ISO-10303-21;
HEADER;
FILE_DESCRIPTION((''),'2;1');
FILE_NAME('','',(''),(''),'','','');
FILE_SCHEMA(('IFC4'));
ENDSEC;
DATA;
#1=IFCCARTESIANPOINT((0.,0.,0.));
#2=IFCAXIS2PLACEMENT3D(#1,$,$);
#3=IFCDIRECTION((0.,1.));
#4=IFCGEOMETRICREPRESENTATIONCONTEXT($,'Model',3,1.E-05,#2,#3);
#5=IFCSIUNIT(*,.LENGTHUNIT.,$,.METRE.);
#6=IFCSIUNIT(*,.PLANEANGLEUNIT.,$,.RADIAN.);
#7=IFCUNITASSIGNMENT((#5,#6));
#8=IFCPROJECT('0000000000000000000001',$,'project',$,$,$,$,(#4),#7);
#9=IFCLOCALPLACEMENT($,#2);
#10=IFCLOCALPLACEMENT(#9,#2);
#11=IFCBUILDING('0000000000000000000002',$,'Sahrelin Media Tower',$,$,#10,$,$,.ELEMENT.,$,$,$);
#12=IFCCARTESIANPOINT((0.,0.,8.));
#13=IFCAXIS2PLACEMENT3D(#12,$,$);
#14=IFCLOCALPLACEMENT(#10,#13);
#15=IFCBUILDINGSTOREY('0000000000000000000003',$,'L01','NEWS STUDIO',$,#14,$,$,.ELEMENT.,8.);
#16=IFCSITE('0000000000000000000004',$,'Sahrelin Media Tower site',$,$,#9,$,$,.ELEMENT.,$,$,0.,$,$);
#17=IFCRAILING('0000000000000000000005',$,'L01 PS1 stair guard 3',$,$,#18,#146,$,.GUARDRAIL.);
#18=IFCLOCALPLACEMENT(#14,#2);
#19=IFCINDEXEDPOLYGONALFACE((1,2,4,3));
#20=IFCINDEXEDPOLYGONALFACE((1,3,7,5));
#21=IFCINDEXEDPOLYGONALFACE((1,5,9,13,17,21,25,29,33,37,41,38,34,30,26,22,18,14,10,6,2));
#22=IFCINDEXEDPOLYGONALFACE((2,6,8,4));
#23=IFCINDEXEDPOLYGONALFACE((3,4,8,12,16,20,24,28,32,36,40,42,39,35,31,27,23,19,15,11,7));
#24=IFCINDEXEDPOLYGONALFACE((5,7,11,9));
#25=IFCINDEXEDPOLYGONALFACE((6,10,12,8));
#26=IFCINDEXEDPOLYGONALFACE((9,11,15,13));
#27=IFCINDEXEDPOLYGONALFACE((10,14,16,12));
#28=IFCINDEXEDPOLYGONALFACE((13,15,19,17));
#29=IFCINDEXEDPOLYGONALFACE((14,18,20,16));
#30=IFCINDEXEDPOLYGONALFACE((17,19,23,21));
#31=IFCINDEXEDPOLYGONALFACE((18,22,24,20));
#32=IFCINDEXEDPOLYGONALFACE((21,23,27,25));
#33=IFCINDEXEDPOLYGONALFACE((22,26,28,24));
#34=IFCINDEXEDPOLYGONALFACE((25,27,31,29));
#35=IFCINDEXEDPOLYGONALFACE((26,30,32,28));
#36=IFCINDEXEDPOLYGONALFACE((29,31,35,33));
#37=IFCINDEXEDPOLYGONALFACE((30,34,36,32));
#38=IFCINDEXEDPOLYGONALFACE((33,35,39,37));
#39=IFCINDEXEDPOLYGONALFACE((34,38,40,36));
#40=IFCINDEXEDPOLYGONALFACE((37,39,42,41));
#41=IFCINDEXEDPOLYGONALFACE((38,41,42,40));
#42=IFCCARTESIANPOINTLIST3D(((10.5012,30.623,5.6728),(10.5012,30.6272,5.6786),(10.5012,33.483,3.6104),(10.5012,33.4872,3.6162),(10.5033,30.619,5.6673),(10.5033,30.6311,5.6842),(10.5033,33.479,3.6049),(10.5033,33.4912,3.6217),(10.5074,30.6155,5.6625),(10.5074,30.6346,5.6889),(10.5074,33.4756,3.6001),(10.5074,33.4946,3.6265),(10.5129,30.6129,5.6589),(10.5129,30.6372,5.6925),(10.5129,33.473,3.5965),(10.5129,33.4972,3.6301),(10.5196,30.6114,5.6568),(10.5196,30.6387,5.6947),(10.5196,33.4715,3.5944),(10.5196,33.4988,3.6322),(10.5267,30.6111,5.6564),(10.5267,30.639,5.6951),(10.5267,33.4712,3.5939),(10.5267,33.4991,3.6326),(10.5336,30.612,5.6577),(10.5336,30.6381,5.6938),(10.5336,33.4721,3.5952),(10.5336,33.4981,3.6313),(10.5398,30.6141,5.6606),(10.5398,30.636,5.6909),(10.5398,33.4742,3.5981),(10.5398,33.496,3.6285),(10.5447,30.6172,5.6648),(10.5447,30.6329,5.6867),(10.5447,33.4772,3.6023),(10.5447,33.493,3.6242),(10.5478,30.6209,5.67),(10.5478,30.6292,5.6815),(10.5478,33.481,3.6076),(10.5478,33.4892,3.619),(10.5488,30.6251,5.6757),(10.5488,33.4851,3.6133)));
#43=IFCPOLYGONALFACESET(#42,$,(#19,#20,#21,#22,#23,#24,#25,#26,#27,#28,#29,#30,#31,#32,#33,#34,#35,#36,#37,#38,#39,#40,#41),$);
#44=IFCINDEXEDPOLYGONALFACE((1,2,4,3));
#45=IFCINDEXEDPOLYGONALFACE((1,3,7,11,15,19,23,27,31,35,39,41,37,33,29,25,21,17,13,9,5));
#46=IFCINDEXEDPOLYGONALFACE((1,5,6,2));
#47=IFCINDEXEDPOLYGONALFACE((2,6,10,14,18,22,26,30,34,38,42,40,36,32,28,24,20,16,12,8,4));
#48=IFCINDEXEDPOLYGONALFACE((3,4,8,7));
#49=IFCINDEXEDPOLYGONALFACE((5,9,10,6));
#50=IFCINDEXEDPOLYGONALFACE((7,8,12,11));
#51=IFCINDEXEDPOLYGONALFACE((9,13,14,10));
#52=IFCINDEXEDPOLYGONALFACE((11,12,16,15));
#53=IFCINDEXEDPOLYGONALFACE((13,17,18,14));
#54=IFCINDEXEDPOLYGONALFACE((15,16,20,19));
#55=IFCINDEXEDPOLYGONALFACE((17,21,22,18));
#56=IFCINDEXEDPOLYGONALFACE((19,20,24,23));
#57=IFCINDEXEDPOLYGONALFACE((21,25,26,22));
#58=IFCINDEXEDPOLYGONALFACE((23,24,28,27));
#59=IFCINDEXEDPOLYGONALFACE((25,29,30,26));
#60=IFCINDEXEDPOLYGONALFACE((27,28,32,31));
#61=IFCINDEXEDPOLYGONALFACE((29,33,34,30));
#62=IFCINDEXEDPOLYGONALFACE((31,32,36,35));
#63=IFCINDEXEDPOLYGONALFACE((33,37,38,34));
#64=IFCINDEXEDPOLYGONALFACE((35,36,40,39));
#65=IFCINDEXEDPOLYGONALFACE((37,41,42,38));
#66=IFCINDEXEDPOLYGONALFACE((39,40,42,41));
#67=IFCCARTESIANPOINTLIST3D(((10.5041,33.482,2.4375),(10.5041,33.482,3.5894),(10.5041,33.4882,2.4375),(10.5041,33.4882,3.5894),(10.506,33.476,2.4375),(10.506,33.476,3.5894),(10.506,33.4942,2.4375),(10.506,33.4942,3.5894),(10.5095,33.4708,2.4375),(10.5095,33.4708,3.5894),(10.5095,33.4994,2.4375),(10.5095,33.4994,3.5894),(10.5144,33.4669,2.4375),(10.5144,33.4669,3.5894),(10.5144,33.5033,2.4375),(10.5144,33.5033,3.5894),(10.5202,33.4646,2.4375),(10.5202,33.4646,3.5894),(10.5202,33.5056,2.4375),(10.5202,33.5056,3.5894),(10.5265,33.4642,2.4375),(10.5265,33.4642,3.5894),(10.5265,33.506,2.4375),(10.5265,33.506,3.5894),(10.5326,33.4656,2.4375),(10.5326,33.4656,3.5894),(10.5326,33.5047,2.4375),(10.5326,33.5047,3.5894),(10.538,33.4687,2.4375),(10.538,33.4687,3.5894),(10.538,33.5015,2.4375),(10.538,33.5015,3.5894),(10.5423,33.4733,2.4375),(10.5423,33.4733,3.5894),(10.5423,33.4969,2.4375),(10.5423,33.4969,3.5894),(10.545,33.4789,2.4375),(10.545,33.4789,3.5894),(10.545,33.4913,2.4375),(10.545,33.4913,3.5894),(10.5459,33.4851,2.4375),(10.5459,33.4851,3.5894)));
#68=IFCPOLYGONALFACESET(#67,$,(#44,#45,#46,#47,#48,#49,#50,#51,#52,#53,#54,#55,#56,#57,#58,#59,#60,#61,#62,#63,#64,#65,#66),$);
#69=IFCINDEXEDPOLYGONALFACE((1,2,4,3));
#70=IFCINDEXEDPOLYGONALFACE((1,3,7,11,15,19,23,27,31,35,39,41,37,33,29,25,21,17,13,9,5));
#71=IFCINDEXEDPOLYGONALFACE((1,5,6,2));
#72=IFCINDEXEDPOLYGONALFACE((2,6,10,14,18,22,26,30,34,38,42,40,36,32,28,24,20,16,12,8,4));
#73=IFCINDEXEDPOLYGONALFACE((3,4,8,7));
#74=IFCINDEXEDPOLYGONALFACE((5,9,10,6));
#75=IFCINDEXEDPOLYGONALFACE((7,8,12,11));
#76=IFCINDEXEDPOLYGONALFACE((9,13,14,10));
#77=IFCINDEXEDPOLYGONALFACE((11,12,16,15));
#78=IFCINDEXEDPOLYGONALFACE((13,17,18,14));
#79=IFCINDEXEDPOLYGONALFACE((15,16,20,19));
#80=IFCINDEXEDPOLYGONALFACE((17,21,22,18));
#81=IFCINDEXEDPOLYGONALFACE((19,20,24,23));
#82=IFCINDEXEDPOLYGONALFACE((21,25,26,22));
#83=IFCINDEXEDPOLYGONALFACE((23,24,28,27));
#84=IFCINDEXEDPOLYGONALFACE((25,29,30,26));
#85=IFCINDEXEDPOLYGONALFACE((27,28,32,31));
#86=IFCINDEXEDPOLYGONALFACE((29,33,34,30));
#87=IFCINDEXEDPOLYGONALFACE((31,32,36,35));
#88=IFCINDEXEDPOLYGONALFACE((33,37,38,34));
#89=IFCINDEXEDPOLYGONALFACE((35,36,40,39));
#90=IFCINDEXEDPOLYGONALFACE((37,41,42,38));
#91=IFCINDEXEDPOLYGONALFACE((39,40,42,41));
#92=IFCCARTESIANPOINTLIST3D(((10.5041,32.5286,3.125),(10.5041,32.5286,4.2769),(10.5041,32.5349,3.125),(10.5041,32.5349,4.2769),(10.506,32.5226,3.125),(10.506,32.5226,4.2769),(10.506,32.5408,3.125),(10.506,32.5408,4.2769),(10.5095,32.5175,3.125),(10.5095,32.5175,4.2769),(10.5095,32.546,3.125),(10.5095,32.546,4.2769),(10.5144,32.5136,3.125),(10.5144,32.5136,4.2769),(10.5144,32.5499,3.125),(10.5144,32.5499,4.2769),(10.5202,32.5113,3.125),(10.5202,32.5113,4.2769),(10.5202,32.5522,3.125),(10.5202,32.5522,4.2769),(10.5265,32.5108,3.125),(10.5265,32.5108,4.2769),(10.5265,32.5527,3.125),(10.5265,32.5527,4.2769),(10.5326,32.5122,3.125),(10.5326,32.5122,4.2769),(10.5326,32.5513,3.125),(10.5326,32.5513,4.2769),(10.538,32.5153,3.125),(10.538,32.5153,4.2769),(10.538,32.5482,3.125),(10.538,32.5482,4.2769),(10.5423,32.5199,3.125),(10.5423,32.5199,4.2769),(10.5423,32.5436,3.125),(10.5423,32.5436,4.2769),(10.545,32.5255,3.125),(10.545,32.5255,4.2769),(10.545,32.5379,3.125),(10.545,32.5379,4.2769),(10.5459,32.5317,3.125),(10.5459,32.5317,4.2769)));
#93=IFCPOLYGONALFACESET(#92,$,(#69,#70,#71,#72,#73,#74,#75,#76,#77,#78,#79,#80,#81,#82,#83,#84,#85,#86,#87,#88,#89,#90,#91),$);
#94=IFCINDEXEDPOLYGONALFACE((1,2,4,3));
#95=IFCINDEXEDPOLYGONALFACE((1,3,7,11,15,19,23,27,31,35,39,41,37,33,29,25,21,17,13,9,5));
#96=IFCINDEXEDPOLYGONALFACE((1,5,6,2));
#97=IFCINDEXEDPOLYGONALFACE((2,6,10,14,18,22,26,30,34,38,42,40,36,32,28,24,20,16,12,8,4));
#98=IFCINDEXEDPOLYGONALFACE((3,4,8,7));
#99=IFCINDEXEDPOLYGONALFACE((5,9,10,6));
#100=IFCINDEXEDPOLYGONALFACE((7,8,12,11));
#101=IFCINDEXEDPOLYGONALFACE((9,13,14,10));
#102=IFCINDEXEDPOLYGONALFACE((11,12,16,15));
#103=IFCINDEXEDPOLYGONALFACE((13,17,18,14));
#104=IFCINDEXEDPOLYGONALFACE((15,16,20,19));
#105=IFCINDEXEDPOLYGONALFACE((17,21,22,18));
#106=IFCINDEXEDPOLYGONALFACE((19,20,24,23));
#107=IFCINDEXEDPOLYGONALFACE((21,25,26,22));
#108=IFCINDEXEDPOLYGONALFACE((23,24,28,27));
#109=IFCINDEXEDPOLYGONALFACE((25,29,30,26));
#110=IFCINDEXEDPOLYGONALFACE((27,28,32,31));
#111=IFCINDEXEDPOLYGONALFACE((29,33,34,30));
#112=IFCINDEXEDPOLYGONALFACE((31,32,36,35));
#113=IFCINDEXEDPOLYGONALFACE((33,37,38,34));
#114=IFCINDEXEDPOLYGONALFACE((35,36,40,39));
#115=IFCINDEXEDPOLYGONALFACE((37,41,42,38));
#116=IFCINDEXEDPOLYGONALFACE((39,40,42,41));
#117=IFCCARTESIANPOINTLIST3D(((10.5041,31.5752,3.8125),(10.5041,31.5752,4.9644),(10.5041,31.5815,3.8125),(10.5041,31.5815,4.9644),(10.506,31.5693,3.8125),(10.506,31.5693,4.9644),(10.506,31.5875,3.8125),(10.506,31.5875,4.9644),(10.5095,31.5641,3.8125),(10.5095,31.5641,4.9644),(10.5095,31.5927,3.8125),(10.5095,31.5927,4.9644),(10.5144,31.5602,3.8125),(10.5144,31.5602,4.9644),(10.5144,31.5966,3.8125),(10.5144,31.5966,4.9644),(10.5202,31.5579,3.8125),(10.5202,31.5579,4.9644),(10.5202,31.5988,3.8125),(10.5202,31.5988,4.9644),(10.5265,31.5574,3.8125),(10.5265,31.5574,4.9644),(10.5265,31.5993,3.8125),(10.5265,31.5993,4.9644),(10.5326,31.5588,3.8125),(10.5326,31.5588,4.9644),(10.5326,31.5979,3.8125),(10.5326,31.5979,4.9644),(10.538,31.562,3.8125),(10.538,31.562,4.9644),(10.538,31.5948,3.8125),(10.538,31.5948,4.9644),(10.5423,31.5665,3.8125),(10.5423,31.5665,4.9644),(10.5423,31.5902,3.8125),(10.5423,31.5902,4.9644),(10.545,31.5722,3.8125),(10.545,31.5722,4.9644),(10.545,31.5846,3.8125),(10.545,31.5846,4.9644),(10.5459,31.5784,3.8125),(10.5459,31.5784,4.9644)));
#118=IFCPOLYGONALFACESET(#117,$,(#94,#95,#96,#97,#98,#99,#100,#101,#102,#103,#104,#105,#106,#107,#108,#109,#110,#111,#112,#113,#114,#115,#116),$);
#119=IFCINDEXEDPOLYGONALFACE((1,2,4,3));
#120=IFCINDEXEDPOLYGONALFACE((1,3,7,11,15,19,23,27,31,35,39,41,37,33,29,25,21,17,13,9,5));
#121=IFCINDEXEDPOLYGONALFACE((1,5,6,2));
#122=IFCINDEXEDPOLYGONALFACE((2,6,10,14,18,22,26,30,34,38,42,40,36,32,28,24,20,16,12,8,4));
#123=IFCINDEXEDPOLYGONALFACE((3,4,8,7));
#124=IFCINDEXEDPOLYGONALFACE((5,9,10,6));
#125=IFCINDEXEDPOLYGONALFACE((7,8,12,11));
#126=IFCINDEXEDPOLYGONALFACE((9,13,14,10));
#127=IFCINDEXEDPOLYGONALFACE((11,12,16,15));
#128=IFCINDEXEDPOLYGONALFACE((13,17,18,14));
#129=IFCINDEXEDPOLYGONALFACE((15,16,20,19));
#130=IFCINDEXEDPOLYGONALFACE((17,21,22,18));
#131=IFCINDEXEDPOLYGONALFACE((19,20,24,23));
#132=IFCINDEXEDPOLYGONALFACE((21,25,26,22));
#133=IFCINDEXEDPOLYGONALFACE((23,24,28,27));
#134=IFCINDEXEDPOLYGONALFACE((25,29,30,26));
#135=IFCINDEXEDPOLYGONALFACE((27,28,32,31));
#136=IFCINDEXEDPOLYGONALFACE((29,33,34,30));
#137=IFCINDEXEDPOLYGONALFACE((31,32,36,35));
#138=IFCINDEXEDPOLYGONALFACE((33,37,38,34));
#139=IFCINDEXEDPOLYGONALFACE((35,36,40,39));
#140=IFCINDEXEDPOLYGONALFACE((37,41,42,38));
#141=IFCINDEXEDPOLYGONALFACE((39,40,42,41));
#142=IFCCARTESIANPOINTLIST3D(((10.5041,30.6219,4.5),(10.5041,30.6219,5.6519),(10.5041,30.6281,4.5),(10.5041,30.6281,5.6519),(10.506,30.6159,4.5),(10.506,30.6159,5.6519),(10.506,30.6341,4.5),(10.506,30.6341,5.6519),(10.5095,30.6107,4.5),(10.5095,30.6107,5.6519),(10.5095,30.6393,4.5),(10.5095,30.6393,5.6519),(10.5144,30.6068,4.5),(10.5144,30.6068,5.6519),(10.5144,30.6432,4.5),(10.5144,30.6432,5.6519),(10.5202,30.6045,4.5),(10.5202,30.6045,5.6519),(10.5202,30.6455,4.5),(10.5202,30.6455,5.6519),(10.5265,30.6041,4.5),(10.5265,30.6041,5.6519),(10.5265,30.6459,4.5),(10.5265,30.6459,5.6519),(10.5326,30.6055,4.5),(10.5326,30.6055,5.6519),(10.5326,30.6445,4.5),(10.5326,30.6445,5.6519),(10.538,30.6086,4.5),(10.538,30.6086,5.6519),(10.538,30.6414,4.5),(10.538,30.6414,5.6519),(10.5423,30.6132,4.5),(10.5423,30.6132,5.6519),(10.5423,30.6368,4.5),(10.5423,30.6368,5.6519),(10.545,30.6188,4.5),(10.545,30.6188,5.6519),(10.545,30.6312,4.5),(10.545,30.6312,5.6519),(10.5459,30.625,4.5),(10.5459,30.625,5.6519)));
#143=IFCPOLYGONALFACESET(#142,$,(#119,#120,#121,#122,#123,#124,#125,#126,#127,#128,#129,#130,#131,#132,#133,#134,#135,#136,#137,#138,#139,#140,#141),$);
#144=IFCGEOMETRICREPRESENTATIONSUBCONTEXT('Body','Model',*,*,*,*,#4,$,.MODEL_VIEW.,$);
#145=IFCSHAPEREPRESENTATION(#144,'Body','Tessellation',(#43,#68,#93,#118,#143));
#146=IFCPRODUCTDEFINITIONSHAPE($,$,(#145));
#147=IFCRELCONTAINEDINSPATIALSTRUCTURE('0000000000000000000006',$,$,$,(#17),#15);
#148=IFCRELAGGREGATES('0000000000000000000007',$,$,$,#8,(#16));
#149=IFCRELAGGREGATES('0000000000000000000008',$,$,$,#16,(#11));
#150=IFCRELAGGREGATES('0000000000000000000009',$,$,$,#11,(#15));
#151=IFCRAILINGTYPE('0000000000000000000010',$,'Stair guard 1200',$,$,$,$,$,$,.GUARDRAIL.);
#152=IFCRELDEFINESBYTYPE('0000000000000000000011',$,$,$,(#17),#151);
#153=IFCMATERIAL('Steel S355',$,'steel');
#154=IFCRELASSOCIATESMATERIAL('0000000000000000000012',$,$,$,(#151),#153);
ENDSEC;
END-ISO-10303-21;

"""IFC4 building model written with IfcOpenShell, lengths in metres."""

from ifc_helpers import new_model, si_unit, direction, frame, origin, origin_2d, place, context, subcontext, project, spatial, circle, extrude, material, type_object, element, save


model = new_model("IFC4")

# Units and contexts
model_context = context("Model", 3, precision=1e-05, world=origin(), true_north=direction((0.0, 1.0)))
body_context = subcontext(model_context, "Body", "Model", "MODEL_VIEW")
ifc_project = project(units=[si_unit("LENGTHUNIT", "METRE"), si_unit("PLANEANGLEUNIT", "RADIAN")], contexts=[model_context])

# Site, building, storey
site_placement = place(None, origin())
site = spatial("IfcSite", under=ifc_project, at=site_placement, Name="Sahrelin Media Tower site", CompositionType="ELEMENT", RefElevation=0.0)
building_placement = place(site_placement, origin())
building = spatial("IfcBuilding", under=site, at=building_placement, Name="Sahrelin Media Tower", CompositionType="ELEMENT")
storey_placement = place(building_placement, frame((0.0, 0.0, 8.0)))
storey = spatial("IfcBuildingStorey", under=building, at=storey_placement, Name="L01", Description="NEWS STUDIO", CompositionType="ELEMENT", Elevation=8.0)

# Shared definitions
ifc_material_1 = material(Name="Steel S355", Category="steel")

# Railing
railing_type = type_object("IfcRailingType", Name="Stair guard 1200", PredefinedType="GUARDRAIL", material=ifc_material_1)
railing_1_placement = place(storey_placement, frame((10.5249, 33.4851, 2.4375)))
element("IfcRailing", 1, at=railing_1_placement, inside=storey, type_object=railing_type, Name="L01 PS1 stair guard 3", PredefinedType="GUARDRAIL", context=body_context, shape_type="SweptSolid", body=[
    extrude(circle(Radius=0.0239, at=origin_2d()), frame((0.0, 0.0, 1.1758), z_axis=(0.0, -0.811101, 0.584906), x_axis=(1.0, 0.0, 0.0)), (0.0, 0.0, 1.0), 3.5261),
    extrude(circle(Radius=0.021, at=origin_2d()), origin(), (0.0, 0.0, 1.0), 1.1519),
    extrude(circle(Radius=0.021, at=origin_2d()), frame((0.0, -0.9534, 0.6875)), (0.0, 0.0, 1.0), 1.1519),
    extrude(circle(Radius=0.021, at=origin_2d()), frame((0.0, -1.9067, 1.375)), (0.0, 0.0, 1.0), 1.1519),
    extrude(circle(Radius=0.021, at=origin_2d()), frame((0.0, -2.8601, 2.0625)), (0.0, 0.0, 1.0), 1.1519),
])

save(model, "model.ifc")
